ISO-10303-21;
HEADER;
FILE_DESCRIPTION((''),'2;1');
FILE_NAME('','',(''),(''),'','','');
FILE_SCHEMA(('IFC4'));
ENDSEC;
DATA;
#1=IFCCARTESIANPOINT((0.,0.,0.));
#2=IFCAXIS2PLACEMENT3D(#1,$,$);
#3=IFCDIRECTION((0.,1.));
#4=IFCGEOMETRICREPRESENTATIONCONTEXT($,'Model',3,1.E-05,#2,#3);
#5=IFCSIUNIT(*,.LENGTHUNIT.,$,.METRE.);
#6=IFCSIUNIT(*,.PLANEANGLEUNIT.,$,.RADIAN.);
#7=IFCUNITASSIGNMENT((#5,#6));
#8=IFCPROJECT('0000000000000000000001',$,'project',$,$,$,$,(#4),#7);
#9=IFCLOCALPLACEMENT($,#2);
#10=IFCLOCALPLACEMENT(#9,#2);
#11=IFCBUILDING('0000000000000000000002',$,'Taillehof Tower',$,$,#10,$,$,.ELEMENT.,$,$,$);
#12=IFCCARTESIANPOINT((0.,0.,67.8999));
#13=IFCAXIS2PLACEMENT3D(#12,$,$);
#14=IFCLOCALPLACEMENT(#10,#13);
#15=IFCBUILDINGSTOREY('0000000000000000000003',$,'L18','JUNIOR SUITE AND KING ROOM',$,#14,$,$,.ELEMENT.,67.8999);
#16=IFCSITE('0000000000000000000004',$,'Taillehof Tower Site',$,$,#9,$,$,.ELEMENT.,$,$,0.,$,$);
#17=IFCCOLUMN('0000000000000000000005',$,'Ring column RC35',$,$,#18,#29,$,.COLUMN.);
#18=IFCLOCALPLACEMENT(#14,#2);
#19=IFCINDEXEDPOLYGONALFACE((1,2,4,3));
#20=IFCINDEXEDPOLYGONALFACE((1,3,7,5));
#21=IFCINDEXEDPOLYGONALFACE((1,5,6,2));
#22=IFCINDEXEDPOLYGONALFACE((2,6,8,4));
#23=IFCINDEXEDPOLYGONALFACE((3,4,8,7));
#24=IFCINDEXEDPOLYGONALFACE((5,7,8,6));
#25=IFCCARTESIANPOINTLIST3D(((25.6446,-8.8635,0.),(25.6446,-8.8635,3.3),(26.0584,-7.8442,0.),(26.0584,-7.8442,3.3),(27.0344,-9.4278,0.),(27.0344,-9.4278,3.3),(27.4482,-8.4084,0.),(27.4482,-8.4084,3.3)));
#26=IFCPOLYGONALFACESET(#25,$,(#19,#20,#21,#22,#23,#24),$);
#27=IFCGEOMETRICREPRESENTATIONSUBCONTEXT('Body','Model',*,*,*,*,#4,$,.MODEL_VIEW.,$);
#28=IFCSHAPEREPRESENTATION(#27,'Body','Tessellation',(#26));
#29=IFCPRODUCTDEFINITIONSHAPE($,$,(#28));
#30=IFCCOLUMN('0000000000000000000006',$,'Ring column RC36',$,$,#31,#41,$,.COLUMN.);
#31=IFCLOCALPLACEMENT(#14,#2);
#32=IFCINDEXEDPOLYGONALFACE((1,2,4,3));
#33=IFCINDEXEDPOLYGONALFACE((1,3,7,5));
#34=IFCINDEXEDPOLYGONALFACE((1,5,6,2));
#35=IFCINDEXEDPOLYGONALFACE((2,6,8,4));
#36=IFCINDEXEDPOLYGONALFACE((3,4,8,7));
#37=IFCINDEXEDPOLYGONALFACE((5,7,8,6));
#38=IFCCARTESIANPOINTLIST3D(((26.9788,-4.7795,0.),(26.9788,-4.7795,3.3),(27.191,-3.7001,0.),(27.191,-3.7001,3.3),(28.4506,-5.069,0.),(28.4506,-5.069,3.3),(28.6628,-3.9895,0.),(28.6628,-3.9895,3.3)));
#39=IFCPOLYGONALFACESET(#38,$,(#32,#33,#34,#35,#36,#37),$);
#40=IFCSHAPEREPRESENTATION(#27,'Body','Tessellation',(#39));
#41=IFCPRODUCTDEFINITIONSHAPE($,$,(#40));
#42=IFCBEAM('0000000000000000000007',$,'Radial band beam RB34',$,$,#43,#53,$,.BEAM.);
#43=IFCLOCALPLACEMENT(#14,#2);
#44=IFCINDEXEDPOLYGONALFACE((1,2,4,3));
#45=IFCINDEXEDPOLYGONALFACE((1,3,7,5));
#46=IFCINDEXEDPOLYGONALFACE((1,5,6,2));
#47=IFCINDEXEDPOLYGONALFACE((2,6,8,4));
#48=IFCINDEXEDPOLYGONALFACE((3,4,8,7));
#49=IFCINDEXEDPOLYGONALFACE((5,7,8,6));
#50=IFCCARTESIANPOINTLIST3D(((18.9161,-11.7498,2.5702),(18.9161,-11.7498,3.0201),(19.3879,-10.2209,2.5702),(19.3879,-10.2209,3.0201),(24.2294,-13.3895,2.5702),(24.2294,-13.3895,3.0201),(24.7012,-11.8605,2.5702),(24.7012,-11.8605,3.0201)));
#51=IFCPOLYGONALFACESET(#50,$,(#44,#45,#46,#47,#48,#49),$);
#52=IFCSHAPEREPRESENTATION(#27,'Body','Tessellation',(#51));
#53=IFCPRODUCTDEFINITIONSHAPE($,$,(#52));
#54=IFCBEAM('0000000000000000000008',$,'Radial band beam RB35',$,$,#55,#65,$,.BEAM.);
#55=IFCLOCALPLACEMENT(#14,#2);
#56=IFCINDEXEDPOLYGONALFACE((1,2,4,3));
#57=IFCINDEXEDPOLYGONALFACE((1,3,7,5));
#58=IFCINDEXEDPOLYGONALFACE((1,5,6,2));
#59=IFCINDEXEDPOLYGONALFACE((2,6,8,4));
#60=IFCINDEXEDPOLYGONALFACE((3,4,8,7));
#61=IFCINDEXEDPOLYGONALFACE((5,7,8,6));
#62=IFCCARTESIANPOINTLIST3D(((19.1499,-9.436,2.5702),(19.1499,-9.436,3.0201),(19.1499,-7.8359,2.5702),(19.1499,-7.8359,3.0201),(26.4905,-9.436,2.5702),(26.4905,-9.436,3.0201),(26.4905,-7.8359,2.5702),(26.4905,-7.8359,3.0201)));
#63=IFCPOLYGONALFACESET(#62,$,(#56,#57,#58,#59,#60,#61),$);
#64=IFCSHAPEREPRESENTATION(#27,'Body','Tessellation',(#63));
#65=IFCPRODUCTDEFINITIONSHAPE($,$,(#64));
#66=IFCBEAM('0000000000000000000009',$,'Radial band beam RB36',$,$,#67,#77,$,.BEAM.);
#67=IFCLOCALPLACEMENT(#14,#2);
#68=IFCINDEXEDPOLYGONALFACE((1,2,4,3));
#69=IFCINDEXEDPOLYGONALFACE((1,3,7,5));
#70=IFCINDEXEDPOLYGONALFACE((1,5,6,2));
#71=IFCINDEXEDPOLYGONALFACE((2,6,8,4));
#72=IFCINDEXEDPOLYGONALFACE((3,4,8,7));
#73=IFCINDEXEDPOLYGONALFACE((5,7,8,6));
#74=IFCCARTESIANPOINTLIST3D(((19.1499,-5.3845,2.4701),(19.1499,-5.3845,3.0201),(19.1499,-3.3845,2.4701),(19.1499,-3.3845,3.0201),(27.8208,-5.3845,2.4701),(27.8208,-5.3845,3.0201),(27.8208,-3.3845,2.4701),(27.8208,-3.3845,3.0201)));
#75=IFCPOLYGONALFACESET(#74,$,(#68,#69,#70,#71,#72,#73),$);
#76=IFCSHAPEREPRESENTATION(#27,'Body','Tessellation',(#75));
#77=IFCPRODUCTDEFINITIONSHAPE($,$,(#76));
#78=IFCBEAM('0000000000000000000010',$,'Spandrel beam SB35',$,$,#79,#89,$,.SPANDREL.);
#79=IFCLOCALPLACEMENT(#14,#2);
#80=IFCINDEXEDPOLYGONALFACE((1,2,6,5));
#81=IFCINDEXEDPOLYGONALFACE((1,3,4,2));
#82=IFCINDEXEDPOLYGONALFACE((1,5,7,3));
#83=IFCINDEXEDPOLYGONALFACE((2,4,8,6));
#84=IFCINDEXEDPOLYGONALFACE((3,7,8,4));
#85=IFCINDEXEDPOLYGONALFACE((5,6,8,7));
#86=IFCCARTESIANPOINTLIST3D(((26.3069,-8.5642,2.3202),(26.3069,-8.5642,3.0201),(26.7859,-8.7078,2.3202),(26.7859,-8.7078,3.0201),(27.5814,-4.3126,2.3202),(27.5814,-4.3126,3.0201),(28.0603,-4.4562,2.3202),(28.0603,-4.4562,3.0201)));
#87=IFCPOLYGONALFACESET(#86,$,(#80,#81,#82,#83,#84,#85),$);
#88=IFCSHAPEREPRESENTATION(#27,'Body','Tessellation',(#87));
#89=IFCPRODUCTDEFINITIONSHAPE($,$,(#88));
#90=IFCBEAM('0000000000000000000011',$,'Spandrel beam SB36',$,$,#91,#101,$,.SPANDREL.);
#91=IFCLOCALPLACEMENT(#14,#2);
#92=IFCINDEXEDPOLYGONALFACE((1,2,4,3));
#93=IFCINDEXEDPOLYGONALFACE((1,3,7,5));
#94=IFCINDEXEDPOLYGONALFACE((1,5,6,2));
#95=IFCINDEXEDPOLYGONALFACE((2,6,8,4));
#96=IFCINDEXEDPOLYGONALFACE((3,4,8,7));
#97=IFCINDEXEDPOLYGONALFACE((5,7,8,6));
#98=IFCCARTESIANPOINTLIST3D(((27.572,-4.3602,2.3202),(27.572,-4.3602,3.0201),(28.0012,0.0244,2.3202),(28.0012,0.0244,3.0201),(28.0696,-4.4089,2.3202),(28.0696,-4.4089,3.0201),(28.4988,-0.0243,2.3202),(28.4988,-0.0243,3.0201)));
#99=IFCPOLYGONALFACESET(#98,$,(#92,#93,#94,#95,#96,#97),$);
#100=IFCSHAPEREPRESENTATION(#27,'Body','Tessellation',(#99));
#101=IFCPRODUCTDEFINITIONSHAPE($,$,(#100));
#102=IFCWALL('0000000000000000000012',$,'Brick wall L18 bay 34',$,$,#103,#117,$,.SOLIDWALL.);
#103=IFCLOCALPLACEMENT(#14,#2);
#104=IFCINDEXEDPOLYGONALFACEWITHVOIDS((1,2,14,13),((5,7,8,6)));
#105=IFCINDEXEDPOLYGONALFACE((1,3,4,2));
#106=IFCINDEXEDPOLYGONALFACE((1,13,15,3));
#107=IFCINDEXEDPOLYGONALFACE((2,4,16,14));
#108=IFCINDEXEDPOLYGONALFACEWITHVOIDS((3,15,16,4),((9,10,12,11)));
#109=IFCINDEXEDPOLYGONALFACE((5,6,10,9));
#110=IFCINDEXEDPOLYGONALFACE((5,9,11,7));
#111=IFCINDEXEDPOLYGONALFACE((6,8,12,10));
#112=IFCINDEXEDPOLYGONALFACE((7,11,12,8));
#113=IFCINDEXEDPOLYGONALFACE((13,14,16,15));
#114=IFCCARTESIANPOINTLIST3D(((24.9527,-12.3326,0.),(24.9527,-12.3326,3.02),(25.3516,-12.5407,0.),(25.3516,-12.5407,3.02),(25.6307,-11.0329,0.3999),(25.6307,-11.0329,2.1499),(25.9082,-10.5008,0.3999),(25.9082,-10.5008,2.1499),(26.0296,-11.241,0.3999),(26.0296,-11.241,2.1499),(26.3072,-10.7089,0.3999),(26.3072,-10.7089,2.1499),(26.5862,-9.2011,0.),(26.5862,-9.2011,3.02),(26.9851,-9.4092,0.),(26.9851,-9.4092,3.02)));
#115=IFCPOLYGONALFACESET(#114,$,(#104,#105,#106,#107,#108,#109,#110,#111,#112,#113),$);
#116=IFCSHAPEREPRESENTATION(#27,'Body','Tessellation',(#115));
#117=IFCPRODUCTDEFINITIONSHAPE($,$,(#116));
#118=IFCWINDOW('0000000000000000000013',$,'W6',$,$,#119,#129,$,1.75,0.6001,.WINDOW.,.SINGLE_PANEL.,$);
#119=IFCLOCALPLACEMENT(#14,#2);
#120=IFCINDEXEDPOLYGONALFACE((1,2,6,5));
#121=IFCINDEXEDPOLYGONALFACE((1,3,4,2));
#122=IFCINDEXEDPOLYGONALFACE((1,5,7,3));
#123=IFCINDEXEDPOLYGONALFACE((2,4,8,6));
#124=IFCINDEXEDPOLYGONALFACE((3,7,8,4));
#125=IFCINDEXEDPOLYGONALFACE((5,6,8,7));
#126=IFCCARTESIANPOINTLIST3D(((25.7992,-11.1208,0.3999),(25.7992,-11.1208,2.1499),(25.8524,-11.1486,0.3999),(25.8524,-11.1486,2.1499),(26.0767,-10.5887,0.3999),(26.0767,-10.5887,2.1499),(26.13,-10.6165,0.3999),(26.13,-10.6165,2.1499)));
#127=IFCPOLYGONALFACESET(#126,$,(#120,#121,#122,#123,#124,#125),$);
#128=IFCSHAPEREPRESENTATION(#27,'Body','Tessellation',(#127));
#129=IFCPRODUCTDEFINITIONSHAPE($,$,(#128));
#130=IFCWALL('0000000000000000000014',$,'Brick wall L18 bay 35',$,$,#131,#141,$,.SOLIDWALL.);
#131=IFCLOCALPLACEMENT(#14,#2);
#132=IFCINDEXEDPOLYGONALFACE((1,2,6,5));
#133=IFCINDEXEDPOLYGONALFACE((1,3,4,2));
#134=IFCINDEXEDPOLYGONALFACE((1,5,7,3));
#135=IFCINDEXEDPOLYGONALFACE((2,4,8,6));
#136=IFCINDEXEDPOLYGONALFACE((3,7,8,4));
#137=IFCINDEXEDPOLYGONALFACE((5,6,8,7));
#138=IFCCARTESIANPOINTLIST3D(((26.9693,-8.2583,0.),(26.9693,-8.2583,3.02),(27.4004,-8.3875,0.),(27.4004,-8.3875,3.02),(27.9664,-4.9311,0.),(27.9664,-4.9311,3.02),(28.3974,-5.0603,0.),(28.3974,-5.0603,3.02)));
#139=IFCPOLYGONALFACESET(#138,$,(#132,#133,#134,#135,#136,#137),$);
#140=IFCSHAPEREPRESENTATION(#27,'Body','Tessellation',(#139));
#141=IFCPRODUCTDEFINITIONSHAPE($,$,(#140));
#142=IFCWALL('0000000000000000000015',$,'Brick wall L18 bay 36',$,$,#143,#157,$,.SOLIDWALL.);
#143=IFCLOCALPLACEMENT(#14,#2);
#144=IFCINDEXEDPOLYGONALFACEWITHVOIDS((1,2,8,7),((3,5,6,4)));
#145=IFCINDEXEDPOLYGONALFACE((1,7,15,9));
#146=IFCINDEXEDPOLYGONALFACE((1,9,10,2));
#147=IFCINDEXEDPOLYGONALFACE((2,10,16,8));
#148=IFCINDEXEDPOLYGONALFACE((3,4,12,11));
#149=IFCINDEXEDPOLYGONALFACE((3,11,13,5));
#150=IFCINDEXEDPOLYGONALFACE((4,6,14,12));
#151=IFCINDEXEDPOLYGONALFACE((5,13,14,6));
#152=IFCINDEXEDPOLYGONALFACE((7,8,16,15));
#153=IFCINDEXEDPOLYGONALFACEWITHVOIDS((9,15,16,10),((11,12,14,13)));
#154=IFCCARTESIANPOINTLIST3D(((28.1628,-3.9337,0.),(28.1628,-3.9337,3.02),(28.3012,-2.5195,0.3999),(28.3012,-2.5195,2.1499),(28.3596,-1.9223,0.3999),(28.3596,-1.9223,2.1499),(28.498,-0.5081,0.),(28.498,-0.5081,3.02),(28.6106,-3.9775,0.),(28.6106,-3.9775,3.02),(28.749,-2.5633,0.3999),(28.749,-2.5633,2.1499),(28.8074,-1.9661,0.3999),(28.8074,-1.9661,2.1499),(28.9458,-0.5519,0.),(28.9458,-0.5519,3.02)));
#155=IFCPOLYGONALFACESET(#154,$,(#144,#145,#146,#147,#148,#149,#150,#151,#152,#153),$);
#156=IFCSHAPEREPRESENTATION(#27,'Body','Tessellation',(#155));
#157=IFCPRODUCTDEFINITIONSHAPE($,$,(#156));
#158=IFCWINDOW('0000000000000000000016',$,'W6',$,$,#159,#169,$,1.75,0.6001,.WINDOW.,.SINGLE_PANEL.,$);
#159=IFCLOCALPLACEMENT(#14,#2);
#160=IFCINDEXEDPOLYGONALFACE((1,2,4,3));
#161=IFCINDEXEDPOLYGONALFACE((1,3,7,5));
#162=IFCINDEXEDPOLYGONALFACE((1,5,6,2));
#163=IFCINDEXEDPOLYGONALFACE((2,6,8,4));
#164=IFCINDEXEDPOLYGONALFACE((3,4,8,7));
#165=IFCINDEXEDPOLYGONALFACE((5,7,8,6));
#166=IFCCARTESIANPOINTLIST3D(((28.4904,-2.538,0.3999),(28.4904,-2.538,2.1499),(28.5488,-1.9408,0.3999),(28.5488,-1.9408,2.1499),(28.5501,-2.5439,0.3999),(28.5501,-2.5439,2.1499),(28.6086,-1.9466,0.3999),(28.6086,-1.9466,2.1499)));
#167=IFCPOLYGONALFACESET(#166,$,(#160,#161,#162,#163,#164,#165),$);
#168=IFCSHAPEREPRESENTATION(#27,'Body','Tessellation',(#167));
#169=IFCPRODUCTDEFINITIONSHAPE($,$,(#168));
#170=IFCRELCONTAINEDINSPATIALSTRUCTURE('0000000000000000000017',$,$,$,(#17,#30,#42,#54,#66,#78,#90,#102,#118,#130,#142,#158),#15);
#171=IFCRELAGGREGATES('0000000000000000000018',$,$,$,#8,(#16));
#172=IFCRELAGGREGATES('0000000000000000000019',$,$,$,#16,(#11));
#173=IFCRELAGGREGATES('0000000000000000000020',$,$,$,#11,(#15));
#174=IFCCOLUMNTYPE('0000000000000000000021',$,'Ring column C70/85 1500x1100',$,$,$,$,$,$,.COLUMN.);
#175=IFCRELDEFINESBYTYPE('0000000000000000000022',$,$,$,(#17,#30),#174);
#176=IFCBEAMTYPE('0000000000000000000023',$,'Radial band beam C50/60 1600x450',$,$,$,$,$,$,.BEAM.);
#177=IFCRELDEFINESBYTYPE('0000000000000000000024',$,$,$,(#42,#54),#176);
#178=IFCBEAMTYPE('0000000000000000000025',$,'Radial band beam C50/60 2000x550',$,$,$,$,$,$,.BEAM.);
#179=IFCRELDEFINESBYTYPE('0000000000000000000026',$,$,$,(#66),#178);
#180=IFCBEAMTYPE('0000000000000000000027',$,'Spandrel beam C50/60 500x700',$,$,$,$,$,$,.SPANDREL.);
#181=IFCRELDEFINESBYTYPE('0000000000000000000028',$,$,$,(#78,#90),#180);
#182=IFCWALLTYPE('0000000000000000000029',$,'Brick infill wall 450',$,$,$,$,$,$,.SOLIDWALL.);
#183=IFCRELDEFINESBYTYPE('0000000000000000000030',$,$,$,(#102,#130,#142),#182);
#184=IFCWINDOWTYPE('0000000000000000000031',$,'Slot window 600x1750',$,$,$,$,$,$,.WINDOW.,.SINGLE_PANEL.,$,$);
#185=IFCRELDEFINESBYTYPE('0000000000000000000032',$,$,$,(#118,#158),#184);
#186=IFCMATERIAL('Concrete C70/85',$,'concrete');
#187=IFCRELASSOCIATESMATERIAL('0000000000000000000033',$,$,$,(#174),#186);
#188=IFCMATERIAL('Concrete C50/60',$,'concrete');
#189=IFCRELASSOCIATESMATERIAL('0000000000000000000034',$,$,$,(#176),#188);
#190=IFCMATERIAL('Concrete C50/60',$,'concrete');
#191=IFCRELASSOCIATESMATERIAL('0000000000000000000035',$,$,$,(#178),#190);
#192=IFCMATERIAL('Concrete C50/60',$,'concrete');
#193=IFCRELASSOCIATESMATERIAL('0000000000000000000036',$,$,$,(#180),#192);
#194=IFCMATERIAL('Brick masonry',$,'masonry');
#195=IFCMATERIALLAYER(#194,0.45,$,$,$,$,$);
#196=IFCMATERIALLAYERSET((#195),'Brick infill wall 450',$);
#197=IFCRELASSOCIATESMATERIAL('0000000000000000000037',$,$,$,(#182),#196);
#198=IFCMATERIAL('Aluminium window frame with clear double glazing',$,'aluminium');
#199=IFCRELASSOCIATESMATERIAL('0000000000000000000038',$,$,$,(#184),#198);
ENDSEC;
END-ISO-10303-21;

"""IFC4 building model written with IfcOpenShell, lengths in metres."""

from ifc_helpers import new_model, si_unit, direction, frame, frame_2d, origin, origin_2d, place, context, subcontext, project, spatial, rectangle, extrude, material, layer, layer_set, material_profile, profile_set, type_object, element, fill, save


model = new_model("IFC4")

# Units and contexts
model_context = context("Model", 3, precision=1e-05, world=origin(), true_north=direction((0.0, 1.0)))
body_context = subcontext(model_context, "Body", "Model", "MODEL_VIEW")
ifc_project = project(units=[si_unit("LENGTHUNIT", "METRE"), si_unit("PLANEANGLEUNIT", "RADIAN")], contexts=[model_context])

# Site, building, storey
site_placement = place(None, origin())
site = spatial("IfcSite", under=ifc_project, at=site_placement, Name="Taillehof Tower Site", CompositionType="ELEMENT", RefElevation=0.0)
building_placement = place(site_placement, origin())
building = spatial("IfcBuilding", under=site, at=building_placement, Name="Taillehof Tower", CompositionType="ELEMENT")
storey_placement = place(building_placement, frame((0.0, 0.0, 67.8999)))
storey = spatial("IfcBuildingStorey", under=building, at=storey_placement, Name="L18", Description="JUNIOR SUITE AND KING ROOM", CompositionType="ELEMENT", Elevation=67.8999)

# Columns
ifc_material_1 = material(Name="Concrete C70/85", Category="concrete")
ifc_material_profile_1 = material_profile(ifc_material_1, rectangle(XDim=1.5, YDim=1.1001, at=origin_2d()), Name="RC 1500x1100")
ifc_profile_set_1 = profile_set([ifc_material_profile_1], Name="Concrete C70/85")
column_type = type_object("IfcColumnType", Name="Ring column C70/85 1500x1100", PredefinedType="COLUMN", material=ifc_profile_set_1)
for number, where, z_axis, x_axis, name in (
    (1, (26.5464, -8.636, 0.0), (0.0, 0.0, 1.0), (0.926558, -0.376152, 0.0), "Ring column RC35"),
    (2, (27.8208, -4.3845, 0.0), (0.0, 0.0, 1.0), (0.981204, -0.192976, 0.0), "Ring column RC36"),
):
    element("IfcColumn", number, at=place(storey_placement, frame(where, z_axis=z_axis, x_axis=x_axis)), inside=storey, type_object=column_type, Name=name, PredefinedType="COLUMN", context=body_context, shape_type="SweptSolid", body=[
        extrude(rectangle(XDim=1.5, YDim=1.1001, at=origin_2d()), origin(), (0.0, 0.0, 1.0), 3.3),
    ])

# Beams
ifc_material_2 = material(Name="Concrete C50/60", Category="concrete")
ifc_material_profile_2 = material_profile(ifc_material_2, rectangle(XDim=1.6001, YDim=0.45, at=origin_2d()), Name="RC 1600x450")
ifc_profile_set_2 = profile_set([ifc_material_profile_2], Name="Concrete C50/60")
beam_type_1 = type_object("IfcBeamType", Name="Radial band beam C50/60 1600x450", PredefinedType="BEAM", material=ifc_profile_set_2)
beam_1_placement = place(storey_placement, frame((24.4653, -12.625, 2.7952), z_axis=(-0.955536, 0.294876, 0.0), x_axis=(-0.294876, -0.955536, 0.0)))
element("IfcBeam", 3, at=beam_1_placement, inside=storey, type_object=beam_type_1, Name="Radial band beam RB34", PredefinedType="BEAM", context=body_context, shape_type="SweptSolid", body=[
    extrude(rectangle(XDim=1.6001, YDim=0.45, at=origin_2d()), origin(), (0.0, 0.0, 1.0), 5.5605),
])
beam_2_placement = place(storey_placement, frame((26.4905, -8.636, 2.7952), z_axis=(-1.0, 0.0, 0.0), x_axis=(0.0, -1.0, 0.0)))
element("IfcBeam", 4, at=beam_2_placement, inside=storey, type_object=beam_type_1, Name="Radial band beam RB35", PredefinedType="BEAM", context=body_context, shape_type="SweptSolid", body=[
    extrude(rectangle(XDim=1.6001, YDim=0.45, at=origin_2d()), origin(), (0.0, 0.0, 1.0), 7.3406),
])
ifc_material_3 = material(Name="Concrete C50/60", Category="concrete")
ifc_material_profile_3 = material_profile(ifc_material_3, rectangle(XDim=2.0, YDim=0.55, at=origin_2d()), Name="RC 2000x550")
ifc_profile_set_3 = profile_set([ifc_material_profile_3], Name="Concrete C50/60")
beam_type_2 = type_object("IfcBeamType", Name="Radial band beam C50/60 2000x550", PredefinedType="BEAM", material=ifc_profile_set_3)
beam_3_placement = place(storey_placement, frame((27.8208, -4.3845, 2.7451), z_axis=(-1.0, 0.0, 0.0), x_axis=(0.0, -1.0, 0.0)))
element("IfcBeam", 5, at=beam_3_placement, inside=storey, type_object=beam_type_2, Name="Radial band beam RB36", PredefinedType="BEAM", context=body_context, shape_type="SweptSolid", body=[
    extrude(rectangle(XDim=2.0, YDim=0.55, at=origin_2d()), origin(), (0.0, 0.0, 1.0), 8.6709),
])
ifc_material_4 = material(Name="Concrete C50/60", Category="concrete")
ifc_material_profile_4 = material_profile(ifc_material_4, rectangle(XDim=0.5, YDim=0.7, at=origin_2d()), Name="RC 500x700")
ifc_profile_set_4 = profile_set([ifc_material_profile_4], Name="Concrete C50/60")
beam_type_3 = type_object("IfcBeamType", Name="Spandrel beam C50/60 500x700", PredefinedType="SPANDREL", material=ifc_profile_set_4)
beam_4_placement = place(storey_placement, frame((26.5464, -8.636, 2.6702), z_axis=(0.287136, 0.95789, 0.0), x_axis=(-0.95789, 0.287136, 0.0)))
element("IfcBeam", 6, at=beam_4_placement, inside=storey, type_object=beam_type_3, Name="Spandrel beam SB35", PredefinedType="SPANDREL", context=body_context, shape_type="SweptSolid", body=[
    extrude(rectangle(XDim=0.5, YDim=0.7, at=origin_2d()), origin(), (0.0, 0.0, 1.0), 4.4385),
])
beam_5_placement = place(storey_placement, frame((27.8208, -4.3845, 2.6702), z_axis=(0.097424, 0.995243, 0.0), x_axis=(-0.995243, 0.097424, 0.0)))
element("IfcBeam", 7, at=beam_5_placement, inside=storey, type_object=beam_type_3, Name="Spandrel beam SB36", PredefinedType="SPANDREL", context=body_context, shape_type="SweptSolid", body=[
    extrude(rectangle(XDim=0.5, YDim=0.7, at=origin_2d()), origin(), (0.0, 0.0, 1.0), 4.4055),
])

# Wall, opening, window
ifc_material_5 = material(Name="Brick masonry", Category="masonry")
ifc_layer_1 = layer(ifc_material_5, 0.45)
ifc_layer_set_1 = layer_set([ifc_layer_1], Name="Brick infill wall 450")
wall_type_1 = type_object("IfcWallType", Name="Brick infill wall 450", PredefinedType="SOLIDWALL", material=ifc_layer_set_1)
wall_1_placement = place(storey_placement, frame((25.1521, -12.4368, 0.0), z_axis=(0.0, 0.0, 1.0), x_axis=(0.462493, 0.886623, 0.0)))
wall_1 = element("IfcWall", 8, at=wall_1_placement, inside=storey, type_object=wall_type_1, Name="Brick wall L18 bay 34", PredefinedType="SOLIDWALL", context=body_context, shape_type="SweptSolid", body=[
    extrude(rectangle(XDim=3.532, YDim=0.45, at=frame_2d((1.7661, 0.0))), origin(), (0.0, 0.0, 1.0), 3.02),
])
opening_1_placement = place(wall_1_placement, frame((1.4661, 0.0, 0.3999)))
opening_1 = element("IfcOpeningElement", 9, at=opening_1_placement, cuts=wall_1, PredefinedType="OPENING", context=body_context, shape_type="SweptSolid", body=[
    extrude(rectangle(XDim=0.6001, YDim=1.75, at=frame_2d((0.3, 0.875))), frame((0.0, 0.2349, 0.0), z_axis=(0.0, -1.0, 0.0), x_axis=(1.0, 0.0, 0.0)), (0.0, 0.0, 1.0), 0.47),
])
ifc_material_6 = material(Name="Aluminium window frame with clear double glazing", Category="aluminium")
window_type = type_object("IfcWindowType", Name="Slot window 600x1750", PartitioningType="SINGLE_PANEL", PredefinedType="WINDOW", material=ifc_material_6)
window_1_placement = place(opening_1_placement, origin())
window_1 = element("IfcWindow", 10, at=window_1_placement, inside=storey, type_object=window_type, Name="W6", OverallHeight=1.75, OverallWidth=0.6001, PartitioningType="SINGLE_PANEL", PredefinedType="WINDOW", context=body_context, shape_type="SweptSolid", body=[
    extrude(rectangle(XDim=0.6001, YDim=1.75, at=frame_2d((0.3, 0.875))), frame((0.0, 0.0349, 0.0), z_axis=(0.0, -1.0, 0.0), x_axis=(1.0, 0.0, 0.0)), (0.0, 0.0, 1.0), 0.0601),
])
fill(opening_1, window_1)

# Wall
wall_2_placement = place(storey_placement, frame((27.1848, -8.323, 0.0), z_axis=(0.0, 0.0, 1.0), x_axis=(0.287064, 0.957911, 0.0)))
element("IfcWall", 11, at=wall_2_placement, inside=storey, type_object=wall_type_1, Name="Brick wall L18 bay 35", PredefinedType="SOLIDWALL", context=body_context, shape_type="SweptSolid", body=[
    extrude(rectangle(XDim=3.4734, YDim=0.45, at=frame_2d((1.7368, 0.0))), origin(), (0.0, 0.0, 1.0), 3.02),
])

# Wall, opening, window
wall_3_placement = place(storey_placement, frame((28.3867, -3.9556, 0.0), z_axis=(0.0, 0.0, 1.0), x_axis=(0.09739, 0.995246, 0.0)))
wall_3 = element("IfcWall", 12, at=wall_3_placement, inside=storey, type_object=wall_type_1, Name="Brick wall L18 bay 36", PredefinedType="SOLIDWALL", context=body_context, shape_type="SweptSolid", body=[
    extrude(rectangle(XDim=3.4419, YDim=0.45, at=frame_2d((1.7209, 0.0))), origin(), (0.0, 0.0, 1.0), 3.02),
])
opening_2_placement = place(wall_3_placement, frame((1.4209, 0.0, 0.3999)))
opening_2 = element("IfcOpeningElement", 13, at=opening_2_placement, cuts=wall_3, PredefinedType="OPENING", context=body_context, shape_type="SweptSolid", body=[
    extrude(rectangle(XDim=0.6001, YDim=1.75, at=frame_2d((0.3, 0.875))), frame((0.0, 0.2349, 0.0), z_axis=(0.0, -1.0, 0.0), x_axis=(1.0, 0.0, 0.0)), (0.0, 0.0, 1.0), 0.47),
])
window_2_placement = place(opening_2_placement, origin())
window_2 = element("IfcWindow", 14, at=window_2_placement, inside=storey, type_object=window_type, Name="W6", OverallHeight=1.75, OverallWidth=0.6001, PartitioningType="SINGLE_PANEL", PredefinedType="WINDOW", context=body_context, shape_type="SweptSolid", body=[
    extrude(rectangle(XDim=0.6001, YDim=1.75, at=frame_2d((0.3, 0.875))), frame((0.0, 0.0349, 0.0), z_axis=(0.0, -1.0, 0.0), x_axis=(1.0, 0.0, 0.0)), (0.0, 0.0, 1.0), 0.0601),
])
fill(opening_2, window_2)

save(model, "model.ifc")
